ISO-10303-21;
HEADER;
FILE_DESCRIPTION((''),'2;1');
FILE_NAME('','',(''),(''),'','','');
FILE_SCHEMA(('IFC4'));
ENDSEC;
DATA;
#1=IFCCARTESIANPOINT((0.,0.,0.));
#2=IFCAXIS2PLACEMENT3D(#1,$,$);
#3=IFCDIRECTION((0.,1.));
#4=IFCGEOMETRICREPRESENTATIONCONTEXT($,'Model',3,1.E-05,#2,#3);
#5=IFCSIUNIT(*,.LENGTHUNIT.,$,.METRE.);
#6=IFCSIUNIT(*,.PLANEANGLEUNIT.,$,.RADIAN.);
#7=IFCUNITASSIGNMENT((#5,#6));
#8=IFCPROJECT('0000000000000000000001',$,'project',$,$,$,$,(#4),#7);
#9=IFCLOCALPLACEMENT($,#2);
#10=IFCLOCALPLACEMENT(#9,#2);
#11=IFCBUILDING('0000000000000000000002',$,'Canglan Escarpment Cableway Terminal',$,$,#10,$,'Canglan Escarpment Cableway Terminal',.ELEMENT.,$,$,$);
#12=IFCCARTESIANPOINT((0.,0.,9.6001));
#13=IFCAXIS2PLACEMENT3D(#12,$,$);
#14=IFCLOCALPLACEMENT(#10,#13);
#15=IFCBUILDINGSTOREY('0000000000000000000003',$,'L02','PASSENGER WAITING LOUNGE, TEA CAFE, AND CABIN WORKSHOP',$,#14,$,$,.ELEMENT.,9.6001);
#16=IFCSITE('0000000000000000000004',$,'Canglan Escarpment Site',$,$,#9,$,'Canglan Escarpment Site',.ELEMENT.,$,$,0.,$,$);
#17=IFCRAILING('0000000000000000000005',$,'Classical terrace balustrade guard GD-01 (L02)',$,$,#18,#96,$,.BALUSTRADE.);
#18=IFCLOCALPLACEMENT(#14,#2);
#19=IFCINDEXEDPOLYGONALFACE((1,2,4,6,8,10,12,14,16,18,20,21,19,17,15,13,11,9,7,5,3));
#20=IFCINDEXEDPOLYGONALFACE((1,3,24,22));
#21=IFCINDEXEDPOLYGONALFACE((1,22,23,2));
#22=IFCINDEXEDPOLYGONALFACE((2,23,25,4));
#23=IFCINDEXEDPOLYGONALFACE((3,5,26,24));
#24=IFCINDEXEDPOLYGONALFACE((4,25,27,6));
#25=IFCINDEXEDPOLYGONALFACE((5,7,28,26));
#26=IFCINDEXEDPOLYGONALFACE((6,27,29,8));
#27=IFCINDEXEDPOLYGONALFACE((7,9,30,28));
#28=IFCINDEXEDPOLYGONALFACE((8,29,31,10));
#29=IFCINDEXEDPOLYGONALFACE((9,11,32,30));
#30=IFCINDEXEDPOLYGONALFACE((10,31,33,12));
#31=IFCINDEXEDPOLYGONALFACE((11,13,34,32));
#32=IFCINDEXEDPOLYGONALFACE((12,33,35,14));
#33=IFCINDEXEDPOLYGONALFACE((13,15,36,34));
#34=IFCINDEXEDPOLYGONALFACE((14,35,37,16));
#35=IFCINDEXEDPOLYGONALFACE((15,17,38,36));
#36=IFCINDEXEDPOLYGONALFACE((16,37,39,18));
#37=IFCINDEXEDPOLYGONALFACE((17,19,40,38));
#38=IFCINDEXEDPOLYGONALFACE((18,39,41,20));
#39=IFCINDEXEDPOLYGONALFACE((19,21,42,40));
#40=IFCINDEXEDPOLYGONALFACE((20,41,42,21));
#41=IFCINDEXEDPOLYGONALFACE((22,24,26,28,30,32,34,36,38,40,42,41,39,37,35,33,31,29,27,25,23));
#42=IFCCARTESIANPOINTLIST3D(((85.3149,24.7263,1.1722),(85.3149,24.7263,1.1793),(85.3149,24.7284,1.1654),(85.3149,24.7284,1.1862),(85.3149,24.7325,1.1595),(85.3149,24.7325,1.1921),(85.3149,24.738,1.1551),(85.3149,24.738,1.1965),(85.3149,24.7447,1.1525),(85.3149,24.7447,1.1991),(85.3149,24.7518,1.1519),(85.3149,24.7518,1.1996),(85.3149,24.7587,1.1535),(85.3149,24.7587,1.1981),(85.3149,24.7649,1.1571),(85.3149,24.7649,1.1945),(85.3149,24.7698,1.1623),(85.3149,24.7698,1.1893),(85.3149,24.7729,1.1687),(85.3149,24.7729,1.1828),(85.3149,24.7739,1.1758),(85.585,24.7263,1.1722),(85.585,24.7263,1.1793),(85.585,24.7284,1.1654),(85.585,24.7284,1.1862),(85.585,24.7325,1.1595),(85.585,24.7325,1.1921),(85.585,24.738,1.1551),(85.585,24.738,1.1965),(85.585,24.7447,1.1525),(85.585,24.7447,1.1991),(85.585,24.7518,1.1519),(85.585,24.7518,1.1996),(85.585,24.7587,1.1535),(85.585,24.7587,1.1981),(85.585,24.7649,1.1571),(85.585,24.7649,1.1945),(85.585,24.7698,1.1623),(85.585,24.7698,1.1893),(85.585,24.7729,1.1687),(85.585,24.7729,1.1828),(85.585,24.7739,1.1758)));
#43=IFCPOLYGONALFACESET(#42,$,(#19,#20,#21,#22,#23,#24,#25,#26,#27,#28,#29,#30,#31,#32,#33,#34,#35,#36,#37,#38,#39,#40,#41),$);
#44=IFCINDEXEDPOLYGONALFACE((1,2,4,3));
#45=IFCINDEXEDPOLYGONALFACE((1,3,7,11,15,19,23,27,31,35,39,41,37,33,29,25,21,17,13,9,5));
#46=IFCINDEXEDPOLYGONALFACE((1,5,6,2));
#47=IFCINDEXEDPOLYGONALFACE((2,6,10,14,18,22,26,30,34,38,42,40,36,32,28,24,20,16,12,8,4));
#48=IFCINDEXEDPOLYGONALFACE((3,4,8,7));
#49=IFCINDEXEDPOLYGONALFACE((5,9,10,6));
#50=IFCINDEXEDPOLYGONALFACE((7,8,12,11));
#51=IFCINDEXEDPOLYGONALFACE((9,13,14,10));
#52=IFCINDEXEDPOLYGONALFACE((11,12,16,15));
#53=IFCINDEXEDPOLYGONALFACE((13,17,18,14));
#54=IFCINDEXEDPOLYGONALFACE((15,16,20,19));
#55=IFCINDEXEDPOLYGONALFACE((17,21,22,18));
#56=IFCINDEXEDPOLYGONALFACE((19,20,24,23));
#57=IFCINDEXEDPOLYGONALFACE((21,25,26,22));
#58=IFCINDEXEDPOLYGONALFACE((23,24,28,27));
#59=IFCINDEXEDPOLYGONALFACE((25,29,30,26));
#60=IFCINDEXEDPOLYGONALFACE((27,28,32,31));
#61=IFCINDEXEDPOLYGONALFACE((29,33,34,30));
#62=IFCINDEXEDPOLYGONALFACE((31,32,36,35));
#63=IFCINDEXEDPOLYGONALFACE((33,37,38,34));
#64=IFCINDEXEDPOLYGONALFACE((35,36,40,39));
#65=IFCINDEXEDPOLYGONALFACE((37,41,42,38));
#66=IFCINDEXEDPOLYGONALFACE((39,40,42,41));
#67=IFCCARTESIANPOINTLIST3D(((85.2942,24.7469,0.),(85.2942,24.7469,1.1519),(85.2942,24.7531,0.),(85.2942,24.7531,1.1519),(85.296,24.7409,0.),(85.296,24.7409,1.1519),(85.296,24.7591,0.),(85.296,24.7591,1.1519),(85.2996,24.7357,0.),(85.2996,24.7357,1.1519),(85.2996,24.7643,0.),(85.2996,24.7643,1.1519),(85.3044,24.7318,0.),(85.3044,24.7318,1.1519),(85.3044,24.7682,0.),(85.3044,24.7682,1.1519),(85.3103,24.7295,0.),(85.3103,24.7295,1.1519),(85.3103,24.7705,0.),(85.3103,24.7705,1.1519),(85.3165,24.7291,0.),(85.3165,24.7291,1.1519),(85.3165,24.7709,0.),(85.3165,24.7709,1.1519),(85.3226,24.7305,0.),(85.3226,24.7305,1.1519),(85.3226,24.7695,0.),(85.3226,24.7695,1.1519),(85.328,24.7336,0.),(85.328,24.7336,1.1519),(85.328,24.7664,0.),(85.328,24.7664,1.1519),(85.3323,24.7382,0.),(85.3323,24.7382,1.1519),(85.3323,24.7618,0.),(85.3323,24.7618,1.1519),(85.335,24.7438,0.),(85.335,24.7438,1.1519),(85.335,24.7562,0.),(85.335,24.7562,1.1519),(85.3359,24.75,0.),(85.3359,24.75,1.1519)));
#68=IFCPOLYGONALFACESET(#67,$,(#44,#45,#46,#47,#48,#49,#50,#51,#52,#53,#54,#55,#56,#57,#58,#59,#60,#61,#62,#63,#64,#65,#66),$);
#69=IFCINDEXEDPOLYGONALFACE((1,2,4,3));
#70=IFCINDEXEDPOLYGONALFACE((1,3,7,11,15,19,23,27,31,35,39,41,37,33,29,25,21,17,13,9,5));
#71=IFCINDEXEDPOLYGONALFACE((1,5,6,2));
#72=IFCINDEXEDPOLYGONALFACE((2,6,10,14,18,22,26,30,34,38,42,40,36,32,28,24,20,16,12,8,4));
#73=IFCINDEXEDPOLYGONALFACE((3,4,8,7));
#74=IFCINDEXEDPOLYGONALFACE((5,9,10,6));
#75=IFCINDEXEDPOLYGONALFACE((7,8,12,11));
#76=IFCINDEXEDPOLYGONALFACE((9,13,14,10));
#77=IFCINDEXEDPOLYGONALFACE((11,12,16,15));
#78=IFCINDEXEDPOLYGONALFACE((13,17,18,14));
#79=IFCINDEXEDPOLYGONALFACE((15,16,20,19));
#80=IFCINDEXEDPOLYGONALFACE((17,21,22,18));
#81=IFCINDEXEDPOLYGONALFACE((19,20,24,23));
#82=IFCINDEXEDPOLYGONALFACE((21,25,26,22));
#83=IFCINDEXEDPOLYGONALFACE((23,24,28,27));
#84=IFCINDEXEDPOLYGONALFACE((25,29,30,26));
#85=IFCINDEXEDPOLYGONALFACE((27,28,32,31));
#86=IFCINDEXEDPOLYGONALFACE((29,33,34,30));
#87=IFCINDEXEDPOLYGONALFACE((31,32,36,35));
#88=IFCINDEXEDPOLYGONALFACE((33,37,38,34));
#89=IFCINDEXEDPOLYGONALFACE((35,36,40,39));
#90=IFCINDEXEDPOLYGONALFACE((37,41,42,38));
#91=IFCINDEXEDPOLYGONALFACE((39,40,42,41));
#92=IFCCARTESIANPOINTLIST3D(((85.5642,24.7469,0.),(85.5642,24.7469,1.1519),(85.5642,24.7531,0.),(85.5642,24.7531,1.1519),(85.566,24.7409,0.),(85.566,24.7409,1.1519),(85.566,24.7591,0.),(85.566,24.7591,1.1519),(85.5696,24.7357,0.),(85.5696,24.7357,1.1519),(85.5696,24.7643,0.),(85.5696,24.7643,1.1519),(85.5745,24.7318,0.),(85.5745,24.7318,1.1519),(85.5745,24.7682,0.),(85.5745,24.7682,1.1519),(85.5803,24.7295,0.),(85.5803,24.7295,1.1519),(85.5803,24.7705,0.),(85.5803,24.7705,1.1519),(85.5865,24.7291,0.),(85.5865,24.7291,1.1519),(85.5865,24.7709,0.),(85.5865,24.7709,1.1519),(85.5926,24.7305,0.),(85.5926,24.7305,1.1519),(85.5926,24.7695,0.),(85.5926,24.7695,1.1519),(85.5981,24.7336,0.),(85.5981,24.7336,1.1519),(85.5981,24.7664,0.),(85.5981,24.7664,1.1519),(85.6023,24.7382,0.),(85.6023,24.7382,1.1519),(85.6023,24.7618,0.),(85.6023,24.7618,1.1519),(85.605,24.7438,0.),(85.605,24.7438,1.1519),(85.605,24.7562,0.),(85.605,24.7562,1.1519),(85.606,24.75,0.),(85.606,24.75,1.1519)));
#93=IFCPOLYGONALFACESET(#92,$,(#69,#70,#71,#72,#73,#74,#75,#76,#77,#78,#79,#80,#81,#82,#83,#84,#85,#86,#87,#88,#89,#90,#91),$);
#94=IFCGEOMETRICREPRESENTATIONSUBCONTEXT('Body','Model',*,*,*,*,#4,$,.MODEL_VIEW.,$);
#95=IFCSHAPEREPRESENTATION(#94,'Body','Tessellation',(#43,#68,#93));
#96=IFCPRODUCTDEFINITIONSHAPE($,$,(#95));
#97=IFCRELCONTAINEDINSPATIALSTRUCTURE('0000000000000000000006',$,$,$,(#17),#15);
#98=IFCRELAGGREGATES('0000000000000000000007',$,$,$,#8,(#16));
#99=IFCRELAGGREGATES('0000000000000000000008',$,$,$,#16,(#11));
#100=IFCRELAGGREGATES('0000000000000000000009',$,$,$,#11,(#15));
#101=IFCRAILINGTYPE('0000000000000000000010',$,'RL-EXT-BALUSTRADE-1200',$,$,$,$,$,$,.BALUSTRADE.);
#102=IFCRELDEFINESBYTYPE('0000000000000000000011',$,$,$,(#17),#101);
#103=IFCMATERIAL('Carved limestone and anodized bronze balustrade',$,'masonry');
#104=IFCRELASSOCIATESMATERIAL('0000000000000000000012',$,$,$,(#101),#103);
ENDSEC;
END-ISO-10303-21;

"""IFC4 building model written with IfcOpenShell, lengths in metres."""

from ifc_helpers import new_model, si_unit, direction, frame, origin, origin_2d, place, context, subcontext, project, spatial, circle, extrude, material, type_object, element, save


model = new_model("IFC4")

# Units and contexts
model_context = context("Model", 3, precision=1e-05, world=origin(), true_north=direction((0.0, 1.0)))
body_context = subcontext(model_context, "Body", "Model", "MODEL_VIEW")
ifc_project = project(units=[si_unit("LENGTHUNIT", "METRE"), si_unit("PLANEANGLEUNIT", "RADIAN")], contexts=[model_context])

# Site, building, storey
site_placement = place(None, origin())
site = spatial("IfcSite", under=ifc_project, at=site_placement, Name="Canglan Escarpment Site", LongName="Canglan Escarpment Site", CompositionType="ELEMENT", RefElevation=0.0)
building_placement = place(site_placement, origin())
building = spatial("IfcBuilding", under=site, at=building_placement, Name="Canglan Escarpment Cableway Terminal", LongName="Canglan Escarpment Cableway Terminal", CompositionType="ELEMENT")
storey_placement = place(building_placement, frame((0.0, 0.0, 9.6001)))
storey = spatial("IfcBuildingStorey", under=building, at=storey_placement, Name="L02", Description="PASSENGER WAITING LOUNGE, TEA CAFE, AND CABIN WORKSHOP", CompositionType="ELEMENT", Elevation=9.6001)

# Railing
ifc_material_1 = material(Name="Carved limestone and anodized bronze balustrade", Category="masonry")
railing_type = type_object("IfcRailingType", Name="RL-EXT-BALUSTRADE-1200", PredefinedType="BALUSTRADE", material=ifc_material_1)
railing_placement = place(storey_placement, frame((85.3149, 24.75, 0.0)))
element("IfcRailing", 1, at=railing_placement, inside=storey, type_object=railing_type, Name="Classical terrace balustrade guard GD-01 (L02)", PredefinedType="BALUSTRADE", context=body_context, shape_type="SweptSolid", body=[
    extrude(circle(Radius=0.0239, at=origin_2d()), frame((0.0, 0.0, 1.1758), z_axis=(1.0, 0.0, 0.0), x_axis=(0.0, 1.0, 0.0)), (0.0, 0.0, 1.0), 0.27),
    extrude(circle(Radius=0.021, at=origin_2d()), origin(), (0.0, 0.0, 1.0), 1.1519),
    extrude(circle(Radius=0.021, at=origin_2d()), frame((0.27, 0.0, 0.0)), (0.0, 0.0, 1.0), 1.1519),
])

save(model, "model.ifc")
